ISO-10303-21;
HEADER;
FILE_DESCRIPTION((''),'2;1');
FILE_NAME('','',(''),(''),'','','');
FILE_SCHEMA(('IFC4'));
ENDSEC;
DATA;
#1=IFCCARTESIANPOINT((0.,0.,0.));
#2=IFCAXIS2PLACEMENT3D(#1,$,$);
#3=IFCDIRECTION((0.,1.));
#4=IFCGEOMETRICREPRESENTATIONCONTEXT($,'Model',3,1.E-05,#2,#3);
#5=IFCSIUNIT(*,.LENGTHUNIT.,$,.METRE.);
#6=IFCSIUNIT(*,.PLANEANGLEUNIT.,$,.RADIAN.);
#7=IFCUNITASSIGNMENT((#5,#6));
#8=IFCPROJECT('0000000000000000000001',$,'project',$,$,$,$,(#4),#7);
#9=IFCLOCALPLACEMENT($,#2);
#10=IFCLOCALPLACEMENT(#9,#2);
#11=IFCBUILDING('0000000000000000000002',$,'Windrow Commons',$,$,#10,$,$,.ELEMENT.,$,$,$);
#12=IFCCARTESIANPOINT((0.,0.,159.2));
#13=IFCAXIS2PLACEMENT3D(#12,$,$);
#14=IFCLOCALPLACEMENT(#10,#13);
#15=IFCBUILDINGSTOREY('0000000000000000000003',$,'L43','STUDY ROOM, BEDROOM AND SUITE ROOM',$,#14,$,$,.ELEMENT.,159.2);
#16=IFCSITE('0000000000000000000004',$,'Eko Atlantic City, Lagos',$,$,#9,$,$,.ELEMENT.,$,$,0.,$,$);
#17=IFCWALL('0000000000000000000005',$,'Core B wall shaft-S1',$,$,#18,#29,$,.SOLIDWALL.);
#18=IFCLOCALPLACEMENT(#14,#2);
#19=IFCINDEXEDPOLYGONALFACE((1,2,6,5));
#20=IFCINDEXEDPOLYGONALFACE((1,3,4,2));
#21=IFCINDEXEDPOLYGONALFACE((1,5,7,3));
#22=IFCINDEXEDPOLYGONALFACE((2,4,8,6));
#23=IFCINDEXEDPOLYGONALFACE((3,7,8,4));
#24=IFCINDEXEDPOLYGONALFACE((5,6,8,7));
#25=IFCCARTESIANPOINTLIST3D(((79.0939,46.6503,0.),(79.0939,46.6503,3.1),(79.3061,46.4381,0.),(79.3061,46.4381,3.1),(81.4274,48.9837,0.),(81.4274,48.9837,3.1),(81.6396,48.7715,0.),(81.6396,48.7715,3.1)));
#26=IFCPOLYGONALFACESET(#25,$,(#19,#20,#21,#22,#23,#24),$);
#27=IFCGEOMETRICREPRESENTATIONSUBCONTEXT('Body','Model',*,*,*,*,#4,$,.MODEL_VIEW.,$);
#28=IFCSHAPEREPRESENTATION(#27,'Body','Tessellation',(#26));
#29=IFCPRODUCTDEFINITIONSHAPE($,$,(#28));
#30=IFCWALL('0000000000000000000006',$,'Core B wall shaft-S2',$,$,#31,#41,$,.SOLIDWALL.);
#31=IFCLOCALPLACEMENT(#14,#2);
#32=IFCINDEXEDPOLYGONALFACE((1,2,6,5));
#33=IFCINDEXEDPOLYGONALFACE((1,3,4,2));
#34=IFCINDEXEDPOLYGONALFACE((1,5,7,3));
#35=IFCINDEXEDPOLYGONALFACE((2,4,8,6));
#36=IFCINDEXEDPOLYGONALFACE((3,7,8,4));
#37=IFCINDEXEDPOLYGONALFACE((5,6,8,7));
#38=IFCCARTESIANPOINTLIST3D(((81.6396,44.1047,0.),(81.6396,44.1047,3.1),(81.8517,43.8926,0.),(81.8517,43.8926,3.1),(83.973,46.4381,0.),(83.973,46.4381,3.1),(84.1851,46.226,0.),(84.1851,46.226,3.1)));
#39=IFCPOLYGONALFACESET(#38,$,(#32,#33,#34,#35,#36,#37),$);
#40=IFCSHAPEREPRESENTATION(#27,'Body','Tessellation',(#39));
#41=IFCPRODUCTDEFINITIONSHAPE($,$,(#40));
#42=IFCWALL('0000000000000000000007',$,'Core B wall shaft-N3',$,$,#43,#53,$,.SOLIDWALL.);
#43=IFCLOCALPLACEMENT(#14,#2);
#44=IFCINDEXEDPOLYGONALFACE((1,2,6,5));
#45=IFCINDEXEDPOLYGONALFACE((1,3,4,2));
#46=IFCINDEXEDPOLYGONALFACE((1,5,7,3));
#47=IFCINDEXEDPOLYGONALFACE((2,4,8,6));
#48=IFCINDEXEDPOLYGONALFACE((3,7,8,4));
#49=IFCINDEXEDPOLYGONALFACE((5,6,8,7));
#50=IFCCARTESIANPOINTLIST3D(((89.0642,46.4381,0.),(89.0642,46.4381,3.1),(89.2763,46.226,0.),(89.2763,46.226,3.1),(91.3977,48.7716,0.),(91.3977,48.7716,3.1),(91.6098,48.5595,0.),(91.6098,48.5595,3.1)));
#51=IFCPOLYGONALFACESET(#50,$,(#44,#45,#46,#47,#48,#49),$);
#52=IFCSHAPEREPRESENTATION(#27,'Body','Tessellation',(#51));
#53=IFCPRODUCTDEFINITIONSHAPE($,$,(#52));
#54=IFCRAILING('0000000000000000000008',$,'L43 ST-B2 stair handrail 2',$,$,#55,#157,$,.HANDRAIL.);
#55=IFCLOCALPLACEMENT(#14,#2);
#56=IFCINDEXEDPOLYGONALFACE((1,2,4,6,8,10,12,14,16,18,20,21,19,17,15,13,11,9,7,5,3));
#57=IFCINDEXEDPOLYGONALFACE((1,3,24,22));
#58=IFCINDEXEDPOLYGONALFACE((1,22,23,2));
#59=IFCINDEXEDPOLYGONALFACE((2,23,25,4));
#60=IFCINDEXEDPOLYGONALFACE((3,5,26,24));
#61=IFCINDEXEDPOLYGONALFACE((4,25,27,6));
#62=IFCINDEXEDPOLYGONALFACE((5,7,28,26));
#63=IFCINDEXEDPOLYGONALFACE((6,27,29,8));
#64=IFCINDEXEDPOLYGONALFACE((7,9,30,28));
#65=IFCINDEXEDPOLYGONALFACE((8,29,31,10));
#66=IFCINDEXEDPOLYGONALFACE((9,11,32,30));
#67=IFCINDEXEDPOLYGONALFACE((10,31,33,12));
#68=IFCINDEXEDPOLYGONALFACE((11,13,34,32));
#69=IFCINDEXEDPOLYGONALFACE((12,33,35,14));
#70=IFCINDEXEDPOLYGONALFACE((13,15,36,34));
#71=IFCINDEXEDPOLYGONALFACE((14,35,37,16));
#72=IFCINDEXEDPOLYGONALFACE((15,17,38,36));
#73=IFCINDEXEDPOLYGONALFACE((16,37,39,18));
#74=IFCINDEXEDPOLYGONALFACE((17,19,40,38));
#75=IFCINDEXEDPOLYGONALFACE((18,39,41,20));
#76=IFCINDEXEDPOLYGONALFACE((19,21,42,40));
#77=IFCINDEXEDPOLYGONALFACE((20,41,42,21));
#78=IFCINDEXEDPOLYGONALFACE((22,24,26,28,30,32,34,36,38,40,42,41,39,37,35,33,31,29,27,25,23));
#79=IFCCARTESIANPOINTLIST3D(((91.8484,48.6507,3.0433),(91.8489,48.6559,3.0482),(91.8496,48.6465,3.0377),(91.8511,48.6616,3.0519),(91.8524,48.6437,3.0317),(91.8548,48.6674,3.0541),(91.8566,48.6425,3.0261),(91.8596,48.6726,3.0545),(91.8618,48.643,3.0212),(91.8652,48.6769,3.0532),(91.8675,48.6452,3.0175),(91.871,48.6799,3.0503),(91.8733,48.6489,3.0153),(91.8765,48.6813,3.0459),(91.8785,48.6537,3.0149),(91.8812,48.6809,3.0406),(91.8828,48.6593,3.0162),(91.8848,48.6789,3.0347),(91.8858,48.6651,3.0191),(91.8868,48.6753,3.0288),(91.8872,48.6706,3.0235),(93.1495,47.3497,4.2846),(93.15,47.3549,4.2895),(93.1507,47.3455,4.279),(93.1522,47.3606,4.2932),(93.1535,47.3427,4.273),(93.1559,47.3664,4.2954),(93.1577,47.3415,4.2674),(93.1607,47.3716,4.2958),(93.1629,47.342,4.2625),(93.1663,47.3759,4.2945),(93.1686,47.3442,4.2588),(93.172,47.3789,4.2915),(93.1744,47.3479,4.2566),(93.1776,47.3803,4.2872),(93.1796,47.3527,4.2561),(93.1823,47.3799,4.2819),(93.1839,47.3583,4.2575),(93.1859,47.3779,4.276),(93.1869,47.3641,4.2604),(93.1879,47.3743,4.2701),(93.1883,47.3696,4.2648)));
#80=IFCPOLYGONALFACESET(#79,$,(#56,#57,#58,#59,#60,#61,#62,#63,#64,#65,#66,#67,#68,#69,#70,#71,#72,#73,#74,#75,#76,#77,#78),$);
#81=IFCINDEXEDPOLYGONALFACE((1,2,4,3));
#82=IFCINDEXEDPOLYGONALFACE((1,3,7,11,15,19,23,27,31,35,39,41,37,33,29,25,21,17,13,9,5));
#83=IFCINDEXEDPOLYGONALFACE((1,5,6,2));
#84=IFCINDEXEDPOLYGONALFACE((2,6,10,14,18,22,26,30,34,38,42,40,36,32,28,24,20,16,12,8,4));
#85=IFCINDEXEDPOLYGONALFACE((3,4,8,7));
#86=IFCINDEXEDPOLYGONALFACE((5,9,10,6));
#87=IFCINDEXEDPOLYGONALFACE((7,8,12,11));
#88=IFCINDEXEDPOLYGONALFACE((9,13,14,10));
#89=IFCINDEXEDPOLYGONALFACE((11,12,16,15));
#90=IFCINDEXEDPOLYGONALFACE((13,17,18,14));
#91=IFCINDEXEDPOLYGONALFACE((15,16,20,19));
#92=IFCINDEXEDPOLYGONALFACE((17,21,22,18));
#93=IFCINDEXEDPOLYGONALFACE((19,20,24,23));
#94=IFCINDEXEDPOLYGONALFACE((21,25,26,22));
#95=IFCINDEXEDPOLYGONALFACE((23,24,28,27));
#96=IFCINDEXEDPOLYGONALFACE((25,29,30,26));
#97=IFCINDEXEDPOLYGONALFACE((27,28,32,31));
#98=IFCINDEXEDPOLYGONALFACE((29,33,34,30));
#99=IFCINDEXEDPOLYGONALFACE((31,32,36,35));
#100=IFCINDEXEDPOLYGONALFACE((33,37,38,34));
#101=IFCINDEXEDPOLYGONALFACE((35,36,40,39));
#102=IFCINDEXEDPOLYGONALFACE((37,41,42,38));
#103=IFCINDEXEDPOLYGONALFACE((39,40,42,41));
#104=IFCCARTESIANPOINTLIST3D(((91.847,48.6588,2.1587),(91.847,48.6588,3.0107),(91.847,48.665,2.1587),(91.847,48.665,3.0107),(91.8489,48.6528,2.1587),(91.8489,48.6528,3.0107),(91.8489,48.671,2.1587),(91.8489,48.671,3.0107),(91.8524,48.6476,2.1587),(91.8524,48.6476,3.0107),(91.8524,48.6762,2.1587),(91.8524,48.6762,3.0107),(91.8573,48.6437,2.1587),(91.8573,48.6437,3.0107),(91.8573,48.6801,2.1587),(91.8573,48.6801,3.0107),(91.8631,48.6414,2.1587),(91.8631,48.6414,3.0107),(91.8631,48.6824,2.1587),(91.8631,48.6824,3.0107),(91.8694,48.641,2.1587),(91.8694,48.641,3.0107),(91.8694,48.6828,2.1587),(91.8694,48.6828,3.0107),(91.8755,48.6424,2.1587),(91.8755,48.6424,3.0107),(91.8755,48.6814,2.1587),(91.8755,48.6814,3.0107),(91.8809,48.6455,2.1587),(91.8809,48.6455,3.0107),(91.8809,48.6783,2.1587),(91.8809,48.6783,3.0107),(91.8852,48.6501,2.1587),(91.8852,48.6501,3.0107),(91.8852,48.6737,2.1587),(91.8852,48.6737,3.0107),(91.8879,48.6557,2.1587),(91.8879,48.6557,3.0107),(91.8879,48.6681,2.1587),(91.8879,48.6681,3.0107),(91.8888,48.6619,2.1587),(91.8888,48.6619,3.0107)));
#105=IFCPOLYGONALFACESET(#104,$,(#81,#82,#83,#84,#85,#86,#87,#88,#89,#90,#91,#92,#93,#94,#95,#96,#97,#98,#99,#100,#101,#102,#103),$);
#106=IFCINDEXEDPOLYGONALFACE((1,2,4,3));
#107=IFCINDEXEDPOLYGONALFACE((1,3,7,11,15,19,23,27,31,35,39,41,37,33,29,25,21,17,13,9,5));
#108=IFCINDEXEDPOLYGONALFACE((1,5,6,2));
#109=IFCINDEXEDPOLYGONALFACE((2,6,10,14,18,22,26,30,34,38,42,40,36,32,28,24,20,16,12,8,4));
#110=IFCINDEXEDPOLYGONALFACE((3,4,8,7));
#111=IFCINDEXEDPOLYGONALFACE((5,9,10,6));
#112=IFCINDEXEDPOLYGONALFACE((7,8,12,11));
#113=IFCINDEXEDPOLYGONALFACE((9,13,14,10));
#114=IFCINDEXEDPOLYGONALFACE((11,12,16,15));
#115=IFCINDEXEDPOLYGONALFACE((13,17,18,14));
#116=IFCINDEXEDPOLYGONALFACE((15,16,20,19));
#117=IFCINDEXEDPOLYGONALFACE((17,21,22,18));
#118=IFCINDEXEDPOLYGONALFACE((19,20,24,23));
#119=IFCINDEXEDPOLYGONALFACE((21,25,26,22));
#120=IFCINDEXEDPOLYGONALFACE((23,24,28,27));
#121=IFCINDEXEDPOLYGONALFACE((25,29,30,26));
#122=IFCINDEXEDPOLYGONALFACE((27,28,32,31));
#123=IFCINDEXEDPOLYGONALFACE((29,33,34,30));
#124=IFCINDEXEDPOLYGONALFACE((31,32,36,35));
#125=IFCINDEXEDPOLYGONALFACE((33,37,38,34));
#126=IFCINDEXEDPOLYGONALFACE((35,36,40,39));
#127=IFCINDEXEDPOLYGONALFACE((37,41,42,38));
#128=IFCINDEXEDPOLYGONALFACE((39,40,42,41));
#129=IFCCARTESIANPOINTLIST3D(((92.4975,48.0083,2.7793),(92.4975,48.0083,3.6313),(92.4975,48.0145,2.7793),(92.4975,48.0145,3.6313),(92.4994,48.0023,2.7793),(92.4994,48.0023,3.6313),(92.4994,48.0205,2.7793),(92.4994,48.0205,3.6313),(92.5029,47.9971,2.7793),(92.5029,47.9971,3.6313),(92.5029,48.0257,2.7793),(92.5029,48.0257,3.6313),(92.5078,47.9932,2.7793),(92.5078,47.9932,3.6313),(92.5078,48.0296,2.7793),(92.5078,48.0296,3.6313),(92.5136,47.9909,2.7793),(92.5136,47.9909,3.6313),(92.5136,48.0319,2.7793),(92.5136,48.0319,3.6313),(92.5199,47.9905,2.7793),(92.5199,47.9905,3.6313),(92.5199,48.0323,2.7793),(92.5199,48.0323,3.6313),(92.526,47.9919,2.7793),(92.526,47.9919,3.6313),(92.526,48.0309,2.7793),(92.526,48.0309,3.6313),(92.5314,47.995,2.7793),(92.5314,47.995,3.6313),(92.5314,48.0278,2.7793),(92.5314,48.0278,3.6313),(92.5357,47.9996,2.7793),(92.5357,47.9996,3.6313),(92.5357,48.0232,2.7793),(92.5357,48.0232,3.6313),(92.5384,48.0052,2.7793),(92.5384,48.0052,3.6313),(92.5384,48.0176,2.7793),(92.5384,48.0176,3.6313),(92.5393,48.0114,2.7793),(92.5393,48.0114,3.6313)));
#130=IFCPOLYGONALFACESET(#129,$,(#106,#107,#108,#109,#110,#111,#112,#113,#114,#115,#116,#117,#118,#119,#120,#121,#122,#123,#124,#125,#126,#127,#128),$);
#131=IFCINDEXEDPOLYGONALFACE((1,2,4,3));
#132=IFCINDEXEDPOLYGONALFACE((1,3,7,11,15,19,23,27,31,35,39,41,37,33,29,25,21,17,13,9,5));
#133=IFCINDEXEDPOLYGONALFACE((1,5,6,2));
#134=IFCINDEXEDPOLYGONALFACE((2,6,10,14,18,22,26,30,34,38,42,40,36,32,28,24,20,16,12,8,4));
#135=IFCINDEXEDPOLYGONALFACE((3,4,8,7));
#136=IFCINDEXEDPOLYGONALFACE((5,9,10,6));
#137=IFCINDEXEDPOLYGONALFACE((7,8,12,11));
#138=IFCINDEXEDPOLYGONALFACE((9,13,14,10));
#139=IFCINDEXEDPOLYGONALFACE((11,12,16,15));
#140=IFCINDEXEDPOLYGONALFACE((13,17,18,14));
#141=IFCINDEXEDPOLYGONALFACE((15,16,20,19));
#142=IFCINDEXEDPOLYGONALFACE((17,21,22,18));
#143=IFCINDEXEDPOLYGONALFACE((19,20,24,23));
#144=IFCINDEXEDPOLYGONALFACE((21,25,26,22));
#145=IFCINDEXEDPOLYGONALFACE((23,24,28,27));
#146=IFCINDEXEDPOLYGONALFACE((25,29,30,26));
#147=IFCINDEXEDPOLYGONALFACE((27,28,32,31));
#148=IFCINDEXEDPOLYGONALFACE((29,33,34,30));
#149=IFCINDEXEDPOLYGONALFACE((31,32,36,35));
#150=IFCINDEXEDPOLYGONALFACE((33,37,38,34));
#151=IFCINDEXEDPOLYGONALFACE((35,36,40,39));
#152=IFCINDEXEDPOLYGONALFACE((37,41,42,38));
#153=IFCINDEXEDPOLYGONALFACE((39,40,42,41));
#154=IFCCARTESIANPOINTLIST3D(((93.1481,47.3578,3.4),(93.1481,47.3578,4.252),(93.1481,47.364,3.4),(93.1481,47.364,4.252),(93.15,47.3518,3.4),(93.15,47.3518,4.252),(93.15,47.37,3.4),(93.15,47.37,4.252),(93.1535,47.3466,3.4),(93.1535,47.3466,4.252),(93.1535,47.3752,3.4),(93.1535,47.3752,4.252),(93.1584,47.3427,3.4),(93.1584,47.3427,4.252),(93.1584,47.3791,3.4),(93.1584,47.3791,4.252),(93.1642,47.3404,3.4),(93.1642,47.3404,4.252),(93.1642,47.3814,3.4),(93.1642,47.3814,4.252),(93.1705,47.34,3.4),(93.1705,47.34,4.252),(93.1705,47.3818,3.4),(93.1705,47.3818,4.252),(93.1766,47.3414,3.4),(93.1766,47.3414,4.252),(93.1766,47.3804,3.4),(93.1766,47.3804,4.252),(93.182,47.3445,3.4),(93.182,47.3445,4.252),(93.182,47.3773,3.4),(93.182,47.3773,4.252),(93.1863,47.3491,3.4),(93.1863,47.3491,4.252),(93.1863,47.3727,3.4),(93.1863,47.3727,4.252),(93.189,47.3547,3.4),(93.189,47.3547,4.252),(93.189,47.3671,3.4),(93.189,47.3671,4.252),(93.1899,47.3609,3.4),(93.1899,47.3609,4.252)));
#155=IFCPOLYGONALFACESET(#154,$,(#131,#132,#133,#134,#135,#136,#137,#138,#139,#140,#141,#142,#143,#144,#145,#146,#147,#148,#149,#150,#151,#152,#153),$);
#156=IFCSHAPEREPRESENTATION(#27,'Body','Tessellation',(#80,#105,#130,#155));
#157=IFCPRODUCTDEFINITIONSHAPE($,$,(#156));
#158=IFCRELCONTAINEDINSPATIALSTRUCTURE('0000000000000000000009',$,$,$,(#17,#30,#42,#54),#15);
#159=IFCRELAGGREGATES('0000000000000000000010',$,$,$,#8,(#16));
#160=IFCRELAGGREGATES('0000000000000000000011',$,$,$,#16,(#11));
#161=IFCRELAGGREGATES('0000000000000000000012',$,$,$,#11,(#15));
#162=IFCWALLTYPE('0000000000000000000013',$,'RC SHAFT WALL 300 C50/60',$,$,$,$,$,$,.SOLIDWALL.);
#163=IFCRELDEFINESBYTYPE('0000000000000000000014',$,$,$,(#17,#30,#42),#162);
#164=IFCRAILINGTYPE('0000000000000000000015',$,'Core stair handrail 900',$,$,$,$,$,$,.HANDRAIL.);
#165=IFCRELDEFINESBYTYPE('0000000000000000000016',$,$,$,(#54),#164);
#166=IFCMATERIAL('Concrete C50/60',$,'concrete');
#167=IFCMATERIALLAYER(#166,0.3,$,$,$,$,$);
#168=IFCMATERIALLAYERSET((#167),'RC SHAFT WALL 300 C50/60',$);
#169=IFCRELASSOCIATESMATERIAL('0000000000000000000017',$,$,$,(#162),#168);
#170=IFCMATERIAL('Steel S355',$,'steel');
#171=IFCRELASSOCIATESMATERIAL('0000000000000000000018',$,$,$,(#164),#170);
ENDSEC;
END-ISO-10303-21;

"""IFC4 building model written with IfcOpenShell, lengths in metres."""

from ifc_helpers import new_model, si_unit, direction, frame, frame_2d, origin, origin_2d, place, context, subcontext, project, spatial, rectangle, circle, extrude, material, layer, layer_set, type_object, element, save


model = new_model("IFC4")

# Units and contexts
model_context = context("Model", 3, precision=1e-05, world=origin(), true_north=direction((0.0, 1.0)))
body_context = subcontext(model_context, "Body", "Model", "MODEL_VIEW")
ifc_project = project(units=[si_unit("LENGTHUNIT", "METRE"), si_unit("PLANEANGLEUNIT", "RADIAN")], contexts=[model_context])

# Site, building, storey
site_placement = place(None, origin())
site = spatial("IfcSite", under=ifc_project, at=site_placement, Name="Eko Atlantic City, Lagos", CompositionType="ELEMENT", RefElevation=0.0)
building_placement = place(site_placement, origin())
building = spatial("IfcBuilding", under=site, at=building_placement, Name="Windrow Commons", CompositionType="ELEMENT")
storey_placement = place(building_placement, frame((0.0, 0.0, 159.2)))
storey = spatial("IfcBuildingStorey", under=building, at=storey_placement, Name="L43", Description="STUDY ROOM, BEDROOM AND SUITE ROOM", CompositionType="ELEMENT", Elevation=159.2)

# Walls
ifc_material_1 = material(Name="Concrete C50/60", Category="concrete")
ifc_layer_1 = layer(ifc_material_1, 0.3)
ifc_layer_set_1 = layer_set([ifc_layer_1], Name="RC SHAFT WALL 300 C50/60")
wall_type_1 = type_object("IfcWallType", Name="RC SHAFT WALL 300 C50/60", PredefinedType="SOLIDWALL", material=ifc_layer_set_1)
wall_1_placement = place(storey_placement, frame((79.2, 46.5442, 0.0), z_axis=(0.0, 0.0, 1.0), x_axis=(0.707122, 0.707092, 0.0)))
element("IfcWall", 1, at=wall_1_placement, inside=storey, type_object=wall_type_1, Name="Core B wall shaft-S1", PredefinedType="SOLIDWALL", context=body_context, shape_type="SweptSolid", body=[
    extrude(rectangle(XDim=3.3, YDim=0.3, at=frame_2d((1.65, 0.0))), origin(), (0.0, 0.0, 1.0), 3.1),
])
wall_2_placement = place(storey_placement, frame((81.7456, 43.9986, 0.0), z_axis=(0.0, 0.0, 1.0), x_axis=(0.707107, 0.707107, 0.0)))
element("IfcWall", 2, at=wall_2_placement, inside=storey, type_object=wall_type_1, Name="Core B wall shaft-S2", PredefinedType="SOLIDWALL", context=body_context, shape_type="SweptSolid", body=[
    extrude(rectangle(XDim=3.2999, YDim=0.3, at=frame_2d((1.65, 0.0))), origin(), (0.0, 0.0, 1.0), 3.1),
])
wall_3_placement = place(storey_placement, frame((89.1702, 46.332, 0.0), z_axis=(0.0, 0.0, 1.0), x_axis=(0.707107, 0.707107, 0.0)))
element("IfcWall", 3, at=wall_3_placement, inside=storey, type_object=wall_type_1, Name="Core B wall shaft-N3", PredefinedType="SOLIDWALL", context=body_context, shape_type="SweptSolid", body=[
    extrude(rectangle(XDim=3.3001, YDim=0.3, at=frame_2d((1.6501, 0.0))), origin(), (0.0, 0.0, 1.0), 3.1),
])

# Railing
ifc_material_2 = material(Name="Steel S355", Category="steel")
railing_type = type_object("IfcRailingType", Name="Core stair handrail 900", PredefinedType="HANDRAIL", material=ifc_material_2)
railing_placement = place(storey_placement, frame((91.8678, 48.6619, 2.1587)))
element("IfcRailing", 4, at=railing_placement, inside=storey, type_object=railing_type, Name="L43 ST-B2 stair handrail 2", PredefinedType="HANDRAIL", context=body_context, shape_type="SweptSolid", body=[
    extrude(circle(Radius=0.024, at=origin_2d()), frame((0.0, 0.0, 0.876), z_axis=(0.586207, -0.586162, 0.559264), x_axis=(0.70708, 0.707134, 0.0)), (0.0, 0.0, 1.0), 2.2195),
    extrude(circle(Radius=0.021, at=origin_2d()), origin(), (0.0, 0.0, 1.0), 0.852),
    extrude(circle(Radius=0.021, at=origin_2d()), frame((0.6505, -0.6505, 0.6206)), (0.0, 0.0, 1.0), 0.852),
    extrude(circle(Radius=0.021, at=origin_2d()), frame((1.3011, -1.301, 1.2413)), (0.0, 0.0, 1.0), 0.852),
])

save(model, "model.ifc")
